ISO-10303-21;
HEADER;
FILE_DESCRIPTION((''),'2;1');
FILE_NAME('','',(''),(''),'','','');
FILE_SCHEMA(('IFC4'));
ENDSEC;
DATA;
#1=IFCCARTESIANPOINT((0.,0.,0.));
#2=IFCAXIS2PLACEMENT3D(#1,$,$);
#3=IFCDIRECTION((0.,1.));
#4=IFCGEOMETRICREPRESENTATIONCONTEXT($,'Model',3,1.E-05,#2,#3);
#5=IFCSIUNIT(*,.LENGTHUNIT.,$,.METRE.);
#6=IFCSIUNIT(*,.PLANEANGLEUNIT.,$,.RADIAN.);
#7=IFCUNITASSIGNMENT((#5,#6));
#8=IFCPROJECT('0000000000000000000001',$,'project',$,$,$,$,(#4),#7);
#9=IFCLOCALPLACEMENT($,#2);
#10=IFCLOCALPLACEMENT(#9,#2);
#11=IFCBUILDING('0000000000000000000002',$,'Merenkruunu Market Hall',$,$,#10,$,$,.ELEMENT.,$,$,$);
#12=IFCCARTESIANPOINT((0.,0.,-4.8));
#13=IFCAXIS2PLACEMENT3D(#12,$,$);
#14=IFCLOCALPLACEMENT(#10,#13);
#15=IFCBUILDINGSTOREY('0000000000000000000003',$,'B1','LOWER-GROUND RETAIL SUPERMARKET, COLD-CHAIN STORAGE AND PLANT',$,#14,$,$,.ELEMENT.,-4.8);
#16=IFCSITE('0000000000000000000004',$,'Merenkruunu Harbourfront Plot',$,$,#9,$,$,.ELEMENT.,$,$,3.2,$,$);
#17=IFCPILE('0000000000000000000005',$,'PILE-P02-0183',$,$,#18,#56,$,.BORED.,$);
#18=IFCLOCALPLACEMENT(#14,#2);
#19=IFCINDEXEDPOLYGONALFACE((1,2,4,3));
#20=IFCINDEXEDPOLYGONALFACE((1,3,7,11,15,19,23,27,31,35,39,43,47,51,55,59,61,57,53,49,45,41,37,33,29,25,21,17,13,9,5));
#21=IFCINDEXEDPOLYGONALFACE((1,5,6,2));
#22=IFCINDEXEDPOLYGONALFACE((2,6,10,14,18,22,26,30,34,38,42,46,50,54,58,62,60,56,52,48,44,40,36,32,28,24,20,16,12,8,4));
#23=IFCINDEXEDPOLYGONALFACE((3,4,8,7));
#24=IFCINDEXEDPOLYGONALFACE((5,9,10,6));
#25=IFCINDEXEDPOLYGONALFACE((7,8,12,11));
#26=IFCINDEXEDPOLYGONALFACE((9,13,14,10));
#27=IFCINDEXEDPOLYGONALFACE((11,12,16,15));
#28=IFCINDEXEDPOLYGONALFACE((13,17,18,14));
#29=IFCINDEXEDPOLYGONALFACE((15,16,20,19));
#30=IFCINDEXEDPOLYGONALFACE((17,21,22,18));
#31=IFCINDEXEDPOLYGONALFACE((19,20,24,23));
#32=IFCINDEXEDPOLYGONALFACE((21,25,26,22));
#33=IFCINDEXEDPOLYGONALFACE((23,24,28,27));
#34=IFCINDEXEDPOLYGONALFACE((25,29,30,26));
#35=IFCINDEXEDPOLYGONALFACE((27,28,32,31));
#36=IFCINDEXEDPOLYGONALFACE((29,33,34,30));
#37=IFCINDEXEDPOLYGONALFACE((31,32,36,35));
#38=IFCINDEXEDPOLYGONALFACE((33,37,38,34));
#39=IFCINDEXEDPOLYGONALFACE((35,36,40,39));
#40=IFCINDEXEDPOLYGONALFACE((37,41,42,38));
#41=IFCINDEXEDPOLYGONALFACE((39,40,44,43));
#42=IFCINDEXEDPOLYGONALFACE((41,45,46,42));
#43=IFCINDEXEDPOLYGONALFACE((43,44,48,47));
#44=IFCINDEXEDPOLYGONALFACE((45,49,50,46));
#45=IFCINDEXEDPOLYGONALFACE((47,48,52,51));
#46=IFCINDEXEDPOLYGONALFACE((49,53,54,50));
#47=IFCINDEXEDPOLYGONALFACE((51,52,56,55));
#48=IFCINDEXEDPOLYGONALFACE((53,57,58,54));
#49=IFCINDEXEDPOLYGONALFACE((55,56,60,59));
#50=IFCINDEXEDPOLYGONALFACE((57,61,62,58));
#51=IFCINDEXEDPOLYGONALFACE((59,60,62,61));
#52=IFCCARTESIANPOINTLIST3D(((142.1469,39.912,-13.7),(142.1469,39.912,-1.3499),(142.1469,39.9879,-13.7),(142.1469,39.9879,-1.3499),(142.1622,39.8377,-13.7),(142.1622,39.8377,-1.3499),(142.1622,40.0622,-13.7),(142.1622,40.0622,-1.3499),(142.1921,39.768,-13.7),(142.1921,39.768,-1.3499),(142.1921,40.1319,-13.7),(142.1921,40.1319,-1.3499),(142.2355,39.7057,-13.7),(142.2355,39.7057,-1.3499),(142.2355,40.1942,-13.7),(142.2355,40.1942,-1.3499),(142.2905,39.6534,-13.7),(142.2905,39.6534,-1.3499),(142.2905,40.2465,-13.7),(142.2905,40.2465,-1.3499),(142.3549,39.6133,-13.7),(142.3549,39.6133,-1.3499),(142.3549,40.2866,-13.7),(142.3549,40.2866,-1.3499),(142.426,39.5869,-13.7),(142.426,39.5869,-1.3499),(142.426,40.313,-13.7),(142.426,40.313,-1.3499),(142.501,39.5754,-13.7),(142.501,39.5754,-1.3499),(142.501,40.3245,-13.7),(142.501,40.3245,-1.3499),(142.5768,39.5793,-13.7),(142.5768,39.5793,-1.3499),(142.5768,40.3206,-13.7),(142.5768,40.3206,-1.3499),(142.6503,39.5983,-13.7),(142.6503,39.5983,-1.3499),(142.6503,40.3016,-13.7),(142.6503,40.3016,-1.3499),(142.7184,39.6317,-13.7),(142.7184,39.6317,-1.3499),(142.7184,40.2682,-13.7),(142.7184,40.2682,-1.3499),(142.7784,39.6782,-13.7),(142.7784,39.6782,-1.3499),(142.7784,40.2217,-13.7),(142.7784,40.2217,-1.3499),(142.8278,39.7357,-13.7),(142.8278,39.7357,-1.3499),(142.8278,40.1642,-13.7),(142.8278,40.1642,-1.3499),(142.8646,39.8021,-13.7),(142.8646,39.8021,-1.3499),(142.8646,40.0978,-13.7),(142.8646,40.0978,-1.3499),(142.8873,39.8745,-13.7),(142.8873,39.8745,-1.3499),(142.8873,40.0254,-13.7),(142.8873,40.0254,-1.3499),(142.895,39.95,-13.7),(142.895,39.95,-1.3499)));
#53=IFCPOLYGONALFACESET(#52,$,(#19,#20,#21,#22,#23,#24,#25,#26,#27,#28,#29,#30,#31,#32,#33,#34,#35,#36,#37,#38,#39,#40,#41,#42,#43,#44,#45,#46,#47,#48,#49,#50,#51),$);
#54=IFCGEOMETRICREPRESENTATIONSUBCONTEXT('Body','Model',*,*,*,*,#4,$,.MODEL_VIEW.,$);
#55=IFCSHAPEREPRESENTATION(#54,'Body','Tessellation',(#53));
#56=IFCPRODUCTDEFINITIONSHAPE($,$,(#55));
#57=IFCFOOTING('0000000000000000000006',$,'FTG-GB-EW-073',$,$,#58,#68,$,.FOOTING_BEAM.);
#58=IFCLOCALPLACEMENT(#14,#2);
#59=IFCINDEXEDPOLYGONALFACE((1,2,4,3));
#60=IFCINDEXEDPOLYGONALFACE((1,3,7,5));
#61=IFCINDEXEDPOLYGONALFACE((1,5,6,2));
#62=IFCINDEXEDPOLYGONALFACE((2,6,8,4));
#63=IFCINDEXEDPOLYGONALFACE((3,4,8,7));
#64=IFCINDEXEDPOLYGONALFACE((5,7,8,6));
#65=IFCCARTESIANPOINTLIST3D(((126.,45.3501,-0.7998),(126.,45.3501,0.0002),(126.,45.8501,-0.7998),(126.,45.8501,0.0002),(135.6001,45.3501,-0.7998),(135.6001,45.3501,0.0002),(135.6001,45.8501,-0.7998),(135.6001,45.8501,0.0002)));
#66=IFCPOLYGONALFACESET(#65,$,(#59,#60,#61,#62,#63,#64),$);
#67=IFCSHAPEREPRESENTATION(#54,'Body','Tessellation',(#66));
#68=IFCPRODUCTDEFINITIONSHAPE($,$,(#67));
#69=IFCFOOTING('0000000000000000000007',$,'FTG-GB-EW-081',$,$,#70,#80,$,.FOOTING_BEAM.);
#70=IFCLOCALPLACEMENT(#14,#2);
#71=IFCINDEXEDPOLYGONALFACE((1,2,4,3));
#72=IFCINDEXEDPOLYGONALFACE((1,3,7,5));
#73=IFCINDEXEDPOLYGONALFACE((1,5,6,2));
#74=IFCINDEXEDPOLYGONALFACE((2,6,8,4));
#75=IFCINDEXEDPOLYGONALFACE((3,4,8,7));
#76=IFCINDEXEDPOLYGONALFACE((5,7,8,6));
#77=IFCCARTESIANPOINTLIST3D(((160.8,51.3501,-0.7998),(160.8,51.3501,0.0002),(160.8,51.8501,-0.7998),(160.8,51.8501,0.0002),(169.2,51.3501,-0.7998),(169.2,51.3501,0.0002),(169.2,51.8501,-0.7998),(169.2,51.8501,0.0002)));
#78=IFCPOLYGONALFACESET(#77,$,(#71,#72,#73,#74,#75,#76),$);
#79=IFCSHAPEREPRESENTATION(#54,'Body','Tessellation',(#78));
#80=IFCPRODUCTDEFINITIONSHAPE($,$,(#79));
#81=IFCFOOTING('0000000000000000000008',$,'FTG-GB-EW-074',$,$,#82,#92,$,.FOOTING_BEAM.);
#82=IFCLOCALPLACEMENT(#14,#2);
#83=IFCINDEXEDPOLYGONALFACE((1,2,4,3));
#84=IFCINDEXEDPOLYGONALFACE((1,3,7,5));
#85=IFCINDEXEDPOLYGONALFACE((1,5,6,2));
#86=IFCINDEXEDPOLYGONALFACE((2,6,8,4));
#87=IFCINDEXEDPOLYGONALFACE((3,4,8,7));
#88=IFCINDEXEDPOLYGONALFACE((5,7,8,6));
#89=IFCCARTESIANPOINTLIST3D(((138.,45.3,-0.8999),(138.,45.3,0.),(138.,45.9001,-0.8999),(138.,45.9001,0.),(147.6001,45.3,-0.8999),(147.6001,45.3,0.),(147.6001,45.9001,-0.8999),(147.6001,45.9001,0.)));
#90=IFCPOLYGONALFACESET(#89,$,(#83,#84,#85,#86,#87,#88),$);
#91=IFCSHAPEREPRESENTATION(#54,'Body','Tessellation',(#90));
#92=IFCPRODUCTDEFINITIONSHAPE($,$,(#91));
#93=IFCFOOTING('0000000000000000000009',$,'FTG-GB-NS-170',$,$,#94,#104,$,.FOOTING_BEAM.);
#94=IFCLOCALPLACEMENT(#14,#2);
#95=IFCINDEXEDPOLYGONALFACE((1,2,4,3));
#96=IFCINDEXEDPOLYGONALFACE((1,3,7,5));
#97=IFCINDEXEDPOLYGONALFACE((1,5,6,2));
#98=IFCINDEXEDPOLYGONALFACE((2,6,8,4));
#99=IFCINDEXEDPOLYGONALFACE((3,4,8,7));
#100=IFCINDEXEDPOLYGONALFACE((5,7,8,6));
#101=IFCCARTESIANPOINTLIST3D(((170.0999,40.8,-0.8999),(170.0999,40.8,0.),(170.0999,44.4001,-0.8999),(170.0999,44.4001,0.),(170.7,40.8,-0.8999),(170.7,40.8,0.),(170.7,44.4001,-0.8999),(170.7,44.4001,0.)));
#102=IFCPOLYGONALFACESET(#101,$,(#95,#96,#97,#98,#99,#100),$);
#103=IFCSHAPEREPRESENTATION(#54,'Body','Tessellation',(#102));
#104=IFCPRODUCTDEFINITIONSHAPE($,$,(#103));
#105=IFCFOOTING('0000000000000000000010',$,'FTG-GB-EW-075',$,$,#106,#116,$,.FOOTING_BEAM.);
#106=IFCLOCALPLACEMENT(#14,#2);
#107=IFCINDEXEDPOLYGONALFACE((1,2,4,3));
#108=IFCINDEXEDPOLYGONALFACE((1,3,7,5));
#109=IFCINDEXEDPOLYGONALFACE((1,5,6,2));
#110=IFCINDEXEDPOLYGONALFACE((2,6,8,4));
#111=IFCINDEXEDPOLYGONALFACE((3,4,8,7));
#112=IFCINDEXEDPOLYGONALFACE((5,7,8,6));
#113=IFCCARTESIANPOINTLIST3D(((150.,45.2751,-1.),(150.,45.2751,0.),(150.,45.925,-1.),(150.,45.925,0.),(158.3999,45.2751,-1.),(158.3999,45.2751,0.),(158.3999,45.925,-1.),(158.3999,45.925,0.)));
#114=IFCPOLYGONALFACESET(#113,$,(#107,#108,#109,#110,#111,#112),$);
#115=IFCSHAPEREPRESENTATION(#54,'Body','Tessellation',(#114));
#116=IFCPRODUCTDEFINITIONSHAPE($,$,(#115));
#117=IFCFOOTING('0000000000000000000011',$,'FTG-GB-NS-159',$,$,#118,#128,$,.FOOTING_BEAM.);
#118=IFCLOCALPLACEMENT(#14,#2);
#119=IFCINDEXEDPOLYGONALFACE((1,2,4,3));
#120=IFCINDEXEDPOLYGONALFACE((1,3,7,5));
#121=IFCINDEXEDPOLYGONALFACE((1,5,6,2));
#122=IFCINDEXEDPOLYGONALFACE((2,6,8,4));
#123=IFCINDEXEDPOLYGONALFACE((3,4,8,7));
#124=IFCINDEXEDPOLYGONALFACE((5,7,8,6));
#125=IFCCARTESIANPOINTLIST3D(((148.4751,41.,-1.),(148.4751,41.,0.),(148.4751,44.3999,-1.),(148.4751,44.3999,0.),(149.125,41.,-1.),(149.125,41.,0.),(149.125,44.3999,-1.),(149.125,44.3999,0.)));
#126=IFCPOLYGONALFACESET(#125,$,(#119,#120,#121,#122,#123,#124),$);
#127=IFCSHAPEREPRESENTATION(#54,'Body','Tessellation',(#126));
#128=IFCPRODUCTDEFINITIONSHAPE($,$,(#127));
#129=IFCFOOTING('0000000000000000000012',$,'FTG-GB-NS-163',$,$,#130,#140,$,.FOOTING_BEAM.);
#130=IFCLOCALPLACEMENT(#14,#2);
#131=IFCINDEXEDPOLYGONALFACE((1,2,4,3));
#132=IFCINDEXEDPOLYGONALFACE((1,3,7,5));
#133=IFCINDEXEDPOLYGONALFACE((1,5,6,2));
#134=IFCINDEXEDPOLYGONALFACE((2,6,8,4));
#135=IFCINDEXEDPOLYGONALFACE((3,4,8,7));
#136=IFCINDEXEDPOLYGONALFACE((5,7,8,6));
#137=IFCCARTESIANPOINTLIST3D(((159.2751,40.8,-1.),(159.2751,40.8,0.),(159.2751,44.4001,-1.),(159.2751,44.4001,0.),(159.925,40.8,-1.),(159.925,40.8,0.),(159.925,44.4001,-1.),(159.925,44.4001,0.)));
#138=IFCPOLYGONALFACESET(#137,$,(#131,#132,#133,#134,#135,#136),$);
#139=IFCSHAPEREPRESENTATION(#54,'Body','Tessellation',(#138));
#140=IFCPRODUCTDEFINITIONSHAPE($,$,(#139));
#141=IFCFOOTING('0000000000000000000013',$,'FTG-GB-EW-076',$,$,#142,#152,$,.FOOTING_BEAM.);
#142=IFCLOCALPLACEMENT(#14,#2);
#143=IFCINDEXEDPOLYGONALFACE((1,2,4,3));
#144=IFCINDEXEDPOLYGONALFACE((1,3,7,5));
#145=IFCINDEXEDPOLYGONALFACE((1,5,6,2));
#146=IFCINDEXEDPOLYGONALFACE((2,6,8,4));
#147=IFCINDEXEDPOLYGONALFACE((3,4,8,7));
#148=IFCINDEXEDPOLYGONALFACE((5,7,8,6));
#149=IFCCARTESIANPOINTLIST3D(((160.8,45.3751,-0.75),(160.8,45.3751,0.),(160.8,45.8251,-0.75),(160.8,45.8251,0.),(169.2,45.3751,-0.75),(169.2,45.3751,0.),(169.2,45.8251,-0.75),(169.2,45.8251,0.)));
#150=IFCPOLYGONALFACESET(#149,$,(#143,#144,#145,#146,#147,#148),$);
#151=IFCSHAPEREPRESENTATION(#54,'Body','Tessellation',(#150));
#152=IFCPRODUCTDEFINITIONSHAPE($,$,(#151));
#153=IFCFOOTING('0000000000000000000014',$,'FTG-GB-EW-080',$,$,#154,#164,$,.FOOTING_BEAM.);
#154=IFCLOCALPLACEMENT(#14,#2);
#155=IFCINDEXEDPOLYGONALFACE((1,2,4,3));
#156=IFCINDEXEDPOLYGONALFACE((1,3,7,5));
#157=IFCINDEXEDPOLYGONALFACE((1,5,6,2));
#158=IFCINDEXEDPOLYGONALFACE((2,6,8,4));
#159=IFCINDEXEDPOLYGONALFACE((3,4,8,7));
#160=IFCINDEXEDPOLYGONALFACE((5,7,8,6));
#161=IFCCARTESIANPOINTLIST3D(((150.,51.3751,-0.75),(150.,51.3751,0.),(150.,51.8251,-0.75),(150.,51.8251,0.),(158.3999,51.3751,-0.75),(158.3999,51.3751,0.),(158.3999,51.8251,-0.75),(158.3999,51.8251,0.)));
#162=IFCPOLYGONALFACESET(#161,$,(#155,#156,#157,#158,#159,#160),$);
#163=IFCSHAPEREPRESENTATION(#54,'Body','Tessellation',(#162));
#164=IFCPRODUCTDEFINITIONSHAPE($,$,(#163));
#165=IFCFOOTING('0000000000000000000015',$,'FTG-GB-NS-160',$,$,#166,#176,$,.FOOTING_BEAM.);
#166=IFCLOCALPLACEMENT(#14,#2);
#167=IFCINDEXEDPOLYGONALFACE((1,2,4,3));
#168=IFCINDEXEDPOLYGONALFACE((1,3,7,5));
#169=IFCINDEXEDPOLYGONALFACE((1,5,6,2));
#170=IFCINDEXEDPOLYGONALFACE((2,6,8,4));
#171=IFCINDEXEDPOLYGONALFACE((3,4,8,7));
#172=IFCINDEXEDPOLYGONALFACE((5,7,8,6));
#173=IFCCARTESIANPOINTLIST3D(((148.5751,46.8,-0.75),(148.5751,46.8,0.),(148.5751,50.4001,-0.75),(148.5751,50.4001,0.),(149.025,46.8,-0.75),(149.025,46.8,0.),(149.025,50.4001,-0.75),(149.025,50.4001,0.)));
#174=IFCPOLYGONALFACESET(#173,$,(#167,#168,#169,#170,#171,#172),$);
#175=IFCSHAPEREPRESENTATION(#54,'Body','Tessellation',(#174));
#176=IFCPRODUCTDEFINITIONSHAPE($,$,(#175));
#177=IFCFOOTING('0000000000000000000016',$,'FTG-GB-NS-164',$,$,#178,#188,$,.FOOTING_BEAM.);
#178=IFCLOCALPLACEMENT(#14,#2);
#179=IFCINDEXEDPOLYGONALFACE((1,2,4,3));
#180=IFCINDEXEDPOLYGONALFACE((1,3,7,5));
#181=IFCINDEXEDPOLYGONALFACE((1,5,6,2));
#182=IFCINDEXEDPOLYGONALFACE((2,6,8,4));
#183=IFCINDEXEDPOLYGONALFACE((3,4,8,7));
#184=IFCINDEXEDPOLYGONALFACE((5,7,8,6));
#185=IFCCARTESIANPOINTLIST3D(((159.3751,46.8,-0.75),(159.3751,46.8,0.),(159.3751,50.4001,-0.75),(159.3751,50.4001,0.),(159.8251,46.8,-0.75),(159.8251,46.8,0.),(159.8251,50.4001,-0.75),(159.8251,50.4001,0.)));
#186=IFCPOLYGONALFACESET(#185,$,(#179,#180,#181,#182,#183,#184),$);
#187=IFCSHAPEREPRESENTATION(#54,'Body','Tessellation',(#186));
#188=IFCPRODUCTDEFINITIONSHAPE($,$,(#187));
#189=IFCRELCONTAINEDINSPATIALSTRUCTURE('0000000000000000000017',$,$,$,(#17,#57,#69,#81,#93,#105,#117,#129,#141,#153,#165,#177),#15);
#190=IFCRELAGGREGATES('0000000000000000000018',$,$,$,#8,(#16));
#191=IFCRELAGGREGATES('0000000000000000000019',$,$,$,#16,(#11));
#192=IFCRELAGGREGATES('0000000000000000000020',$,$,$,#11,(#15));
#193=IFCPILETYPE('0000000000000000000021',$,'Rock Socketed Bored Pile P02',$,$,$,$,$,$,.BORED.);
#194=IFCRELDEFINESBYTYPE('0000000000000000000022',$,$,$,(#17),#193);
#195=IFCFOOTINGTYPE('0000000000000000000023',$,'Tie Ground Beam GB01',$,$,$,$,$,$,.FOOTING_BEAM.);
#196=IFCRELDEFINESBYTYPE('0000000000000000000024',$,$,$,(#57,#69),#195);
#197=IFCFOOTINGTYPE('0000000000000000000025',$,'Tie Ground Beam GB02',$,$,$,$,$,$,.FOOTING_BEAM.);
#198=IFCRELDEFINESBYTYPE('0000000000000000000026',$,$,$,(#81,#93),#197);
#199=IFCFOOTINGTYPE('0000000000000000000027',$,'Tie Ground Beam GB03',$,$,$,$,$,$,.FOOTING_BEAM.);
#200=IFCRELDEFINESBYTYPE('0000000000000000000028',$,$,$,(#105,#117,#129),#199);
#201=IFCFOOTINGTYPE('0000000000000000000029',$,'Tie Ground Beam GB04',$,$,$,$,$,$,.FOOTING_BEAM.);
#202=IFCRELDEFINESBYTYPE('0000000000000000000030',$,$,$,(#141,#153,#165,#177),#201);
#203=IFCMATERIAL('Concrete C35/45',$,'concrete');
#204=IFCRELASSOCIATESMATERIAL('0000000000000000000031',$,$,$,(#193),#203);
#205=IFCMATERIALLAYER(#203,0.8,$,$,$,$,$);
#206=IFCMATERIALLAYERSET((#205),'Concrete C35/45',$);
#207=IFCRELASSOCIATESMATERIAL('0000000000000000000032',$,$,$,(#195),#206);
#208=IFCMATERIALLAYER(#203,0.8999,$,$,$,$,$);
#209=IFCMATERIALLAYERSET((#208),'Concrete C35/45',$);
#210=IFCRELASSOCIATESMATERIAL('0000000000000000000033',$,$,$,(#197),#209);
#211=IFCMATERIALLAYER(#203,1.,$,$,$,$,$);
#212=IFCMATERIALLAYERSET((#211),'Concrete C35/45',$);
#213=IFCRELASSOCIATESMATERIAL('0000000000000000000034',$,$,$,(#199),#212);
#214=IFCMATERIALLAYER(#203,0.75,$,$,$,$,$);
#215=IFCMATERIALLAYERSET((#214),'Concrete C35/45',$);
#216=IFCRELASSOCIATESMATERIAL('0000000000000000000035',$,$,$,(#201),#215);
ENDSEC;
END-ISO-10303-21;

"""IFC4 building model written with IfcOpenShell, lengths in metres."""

from ifc_helpers import new_model, si_unit, direction, frame, origin, origin_2d, place, context, subcontext, project, spatial, rectangle, circle, extrude, material, layer, layer_set, material_profile, profile_set, type_object, element, save


model = new_model("IFC4")

# Units and contexts
model_context = context("Model", 3, precision=1e-05, world=origin(), true_north=direction((0.0, 1.0)))
body_context = subcontext(model_context, "Body", "Model", "MODEL_VIEW")
ifc_project = project(units=[si_unit("LENGTHUNIT", "METRE"), si_unit("PLANEANGLEUNIT", "RADIAN")], contexts=[model_context])

# Site, building, storey
site_placement = place(None, origin())
site = spatial("IfcSite", under=ifc_project, at=site_placement, Name="Merenkruunu Harbourfront Plot", CompositionType="ELEMENT", RefElevation=3.2)
building_placement = place(site_placement, origin())
building = spatial("IfcBuilding", under=site, at=building_placement, Name="Merenkruunu Market Hall", CompositionType="ELEMENT")
storey_placement = place(building_placement, frame((0.0, 0.0, -4.8)))
storey = spatial("IfcBuildingStorey", under=building, at=storey_placement, Name="B1", Description="LOWER-GROUND RETAIL SUPERMARKET, COLD-CHAIN STORAGE AND PLANT", CompositionType="ELEMENT", Elevation=-4.8)

# Shared definitions
ifc_material = material(Name="Concrete C35/45", Category="concrete")

# Pile
ifc_material_profile_1 = material_profile(ifc_material, circle(Radius=0.375, at=origin_2d()), Name="BORED PILE 750")
ifc_profile_set_1 = profile_set([ifc_material_profile_1], Name="Concrete C35/45")
pile_type_1 = type_object("IfcPileType", Name="Rock Socketed Bored Pile P02", PredefinedType="BORED", material=ifc_profile_set_1)
for number, where, z_axis, x_axis, name in (
    (1, (142.52, 39.95, -1.3499), (0.0, 0.0, -1.0), (1.0, 0.0, 0.0), "PILE-P02-0183"),
):
    element("IfcPile", number, at=place(storey_placement, frame(where, z_axis=z_axis, x_axis=x_axis)), inside=storey, type_object=pile_type_1, Name=name, PredefinedType="BORED", context=body_context, shape_type="SweptSolid", body=[
        extrude(circle(Radius=0.375, at=origin_2d()), origin(), (0.0, 0.0, 1.0), 12.3501),
    ])

# Footings
ifc_layer_1 = layer(ifc_material, 0.8)
ifc_layer_set_1 = layer_set([ifc_layer_1], Name="Concrete C35/45")
footing_type_1 = type_object("IfcFootingType", Name="Tie Ground Beam GB01", PredefinedType="FOOTING_BEAM", material=ifc_layer_set_1)
footing_1_placement = place(storey_placement, frame((130.8, 45.6001, -0.7998), z_axis=(0.0, 0.0, 1.0), x_axis=(1.0, 0.0, 0.0)))
element("IfcFooting", 2, at=footing_1_placement, inside=storey, type_object=footing_type_1, Name="FTG-GB-EW-073", PredefinedType="FOOTING_BEAM", context=body_context, shape_type="SweptSolid", body=[
    extrude(rectangle(XDim=9.6001, YDim=0.5, at=origin_2d()), origin(), (0.0, 0.0, 1.0), 0.8),
])
footing_2_placement = place(storey_placement, frame((165.0, 51.6001, -0.7998), z_axis=(0.0, 0.0, 1.0), x_axis=(1.0, 0.0, 0.0)))
element("IfcFooting", 3, at=footing_2_placement, inside=storey, type_object=footing_type_1, Name="FTG-GB-EW-081", PredefinedType="FOOTING_BEAM", context=body_context, shape_type="SweptSolid", body=[
    extrude(rectangle(XDim=8.3999, YDim=0.5, at=origin_2d()), origin(), (0.0, 0.0, 1.0), 0.8),
])
ifc_layer_2 = layer(ifc_material, 0.8999)
ifc_layer_set_2 = layer_set([ifc_layer_2], Name="Concrete C35/45")
footing_type_2 = type_object("IfcFootingType", Name="Tie Ground Beam GB02", PredefinedType="FOOTING_BEAM", material=ifc_layer_set_2)
footing_3_placement = place(storey_placement, frame((142.8, 45.6001, -0.8999), z_axis=(0.0, 0.0, 1.0), x_axis=(1.0, 0.0, 0.0)))
element("IfcFooting", 4, at=footing_3_placement, inside=storey, type_object=footing_type_2, Name="FTG-GB-EW-074", PredefinedType="FOOTING_BEAM", context=body_context, shape_type="SweptSolid", body=[
    extrude(rectangle(XDim=9.6001, YDim=0.6001, at=origin_2d()), origin(), (0.0, 0.0, 1.0), 0.8999),
])
footing_4_placement = place(storey_placement, frame((170.3999, 42.6001, -0.8999), z_axis=(0.0, 0.0, 1.0), x_axis=(0.0, 1.0, 0.0)))
element("IfcFooting", 5, at=footing_4_placement, inside=storey, type_object=footing_type_2, Name="FTG-GB-NS-170", PredefinedType="FOOTING_BEAM", context=body_context, shape_type="SweptSolid", body=[
    extrude(rectangle(XDim=3.6001, YDim=0.6001, at=origin_2d()), origin(), (0.0, 0.0, 1.0), 0.8999),
])
ifc_layer_3 = layer(ifc_material, 1.0)
ifc_layer_set_3 = layer_set([ifc_layer_3], Name="Concrete C35/45")
footing_type_3 = type_object("IfcFootingType", Name="Tie Ground Beam GB03", PredefinedType="FOOTING_BEAM", material=ifc_layer_set_3)
footing_5_placement = place(storey_placement, frame((154.2, 45.6001, -1.0), z_axis=(0.0, 0.0, 1.0), x_axis=(1.0, 0.0, 0.0)))
element("IfcFooting", 6, at=footing_5_placement, inside=storey, type_object=footing_type_3, Name="FTG-GB-EW-075", PredefinedType="FOOTING_BEAM", context=body_context, shape_type="SweptSolid", body=[
    extrude(rectangle(XDim=8.3999, YDim=0.6499, at=origin_2d()), origin(), (0.0, 0.0, 1.0), 1.0),
])
footing_6_placement = place(storey_placement, frame((148.8, 42.7, -1.0), z_axis=(0.0, 0.0, 1.0), x_axis=(0.0, 1.0, 0.0)))
element("IfcFooting", 7, at=footing_6_placement, inside=storey, type_object=footing_type_3, Name="FTG-GB-NS-159", PredefinedType="FOOTING_BEAM", context=body_context, shape_type="SweptSolid", body=[
    extrude(rectangle(XDim=3.3999, YDim=0.6499, at=origin_2d()), origin(), (0.0, 0.0, 1.0), 1.0),
])
footing_7_placement = place(storey_placement, frame((159.6001, 42.6001, -1.0), z_axis=(0.0, 0.0, 1.0), x_axis=(0.0, 1.0, 0.0)))
element("IfcFooting", 8, at=footing_7_placement, inside=storey, type_object=footing_type_3, Name="FTG-GB-NS-163", PredefinedType="FOOTING_BEAM", context=body_context, shape_type="SweptSolid", body=[
    extrude(rectangle(XDim=3.6001, YDim=0.6499, at=origin_2d()), origin(), (0.0, 0.0, 1.0), 1.0),
])
ifc_layer_4 = layer(ifc_material, 0.75)
ifc_layer_set_4 = layer_set([ifc_layer_4], Name="Concrete C35/45")
footing_type_4 = type_object("IfcFootingType", Name="Tie Ground Beam GB04", PredefinedType="FOOTING_BEAM", material=ifc_layer_set_4)
for number, where, z_axis, x_axis, name in (
    (9, (165.0, 45.6001, -0.75), (0.0, 0.0, 1.0), (1.0, 0.0, 0.0), "FTG-GB-EW-076"),
    (10, (154.2, 51.6001, -0.75), (0.0, 0.0, 1.0), (1.0, 0.0, 0.0), "FTG-GB-EW-080"),
):
    element("IfcFooting", number, at=place(storey_placement, frame(where, z_axis=z_axis, x_axis=x_axis)), inside=storey, type_object=footing_type_4, Name=name, PredefinedType="FOOTING_BEAM", context=body_context, shape_type="SweptSolid", body=[
        extrude(rectangle(XDim=8.3999, YDim=0.45, at=origin_2d()), origin(), (0.0, 0.0, 1.0), 0.75),
    ])
for number, where, z_axis, x_axis, name in (
    (11, (148.8, 48.6001, -0.75), (0.0, 0.0, 1.0), (0.0, 1.0, 0.0), "FTG-GB-NS-160"),
    (12, (159.6001, 48.6001, -0.75), (0.0, 0.0, 1.0), (0.0, 1.0, 0.0), "FTG-GB-NS-164"),
):
    element("IfcFooting", number, at=place(storey_placement, frame(where, z_axis=z_axis, x_axis=x_axis)), inside=storey, type_object=footing_type_4, Name=name, PredefinedType="FOOTING_BEAM", context=body_context, shape_type="SweptSolid", body=[
        extrude(rectangle(XDim=3.6001, YDim=0.45, at=origin_2d()), origin(), (0.0, 0.0, 1.0), 0.75),
    ])

save(model, "model.ifc")
